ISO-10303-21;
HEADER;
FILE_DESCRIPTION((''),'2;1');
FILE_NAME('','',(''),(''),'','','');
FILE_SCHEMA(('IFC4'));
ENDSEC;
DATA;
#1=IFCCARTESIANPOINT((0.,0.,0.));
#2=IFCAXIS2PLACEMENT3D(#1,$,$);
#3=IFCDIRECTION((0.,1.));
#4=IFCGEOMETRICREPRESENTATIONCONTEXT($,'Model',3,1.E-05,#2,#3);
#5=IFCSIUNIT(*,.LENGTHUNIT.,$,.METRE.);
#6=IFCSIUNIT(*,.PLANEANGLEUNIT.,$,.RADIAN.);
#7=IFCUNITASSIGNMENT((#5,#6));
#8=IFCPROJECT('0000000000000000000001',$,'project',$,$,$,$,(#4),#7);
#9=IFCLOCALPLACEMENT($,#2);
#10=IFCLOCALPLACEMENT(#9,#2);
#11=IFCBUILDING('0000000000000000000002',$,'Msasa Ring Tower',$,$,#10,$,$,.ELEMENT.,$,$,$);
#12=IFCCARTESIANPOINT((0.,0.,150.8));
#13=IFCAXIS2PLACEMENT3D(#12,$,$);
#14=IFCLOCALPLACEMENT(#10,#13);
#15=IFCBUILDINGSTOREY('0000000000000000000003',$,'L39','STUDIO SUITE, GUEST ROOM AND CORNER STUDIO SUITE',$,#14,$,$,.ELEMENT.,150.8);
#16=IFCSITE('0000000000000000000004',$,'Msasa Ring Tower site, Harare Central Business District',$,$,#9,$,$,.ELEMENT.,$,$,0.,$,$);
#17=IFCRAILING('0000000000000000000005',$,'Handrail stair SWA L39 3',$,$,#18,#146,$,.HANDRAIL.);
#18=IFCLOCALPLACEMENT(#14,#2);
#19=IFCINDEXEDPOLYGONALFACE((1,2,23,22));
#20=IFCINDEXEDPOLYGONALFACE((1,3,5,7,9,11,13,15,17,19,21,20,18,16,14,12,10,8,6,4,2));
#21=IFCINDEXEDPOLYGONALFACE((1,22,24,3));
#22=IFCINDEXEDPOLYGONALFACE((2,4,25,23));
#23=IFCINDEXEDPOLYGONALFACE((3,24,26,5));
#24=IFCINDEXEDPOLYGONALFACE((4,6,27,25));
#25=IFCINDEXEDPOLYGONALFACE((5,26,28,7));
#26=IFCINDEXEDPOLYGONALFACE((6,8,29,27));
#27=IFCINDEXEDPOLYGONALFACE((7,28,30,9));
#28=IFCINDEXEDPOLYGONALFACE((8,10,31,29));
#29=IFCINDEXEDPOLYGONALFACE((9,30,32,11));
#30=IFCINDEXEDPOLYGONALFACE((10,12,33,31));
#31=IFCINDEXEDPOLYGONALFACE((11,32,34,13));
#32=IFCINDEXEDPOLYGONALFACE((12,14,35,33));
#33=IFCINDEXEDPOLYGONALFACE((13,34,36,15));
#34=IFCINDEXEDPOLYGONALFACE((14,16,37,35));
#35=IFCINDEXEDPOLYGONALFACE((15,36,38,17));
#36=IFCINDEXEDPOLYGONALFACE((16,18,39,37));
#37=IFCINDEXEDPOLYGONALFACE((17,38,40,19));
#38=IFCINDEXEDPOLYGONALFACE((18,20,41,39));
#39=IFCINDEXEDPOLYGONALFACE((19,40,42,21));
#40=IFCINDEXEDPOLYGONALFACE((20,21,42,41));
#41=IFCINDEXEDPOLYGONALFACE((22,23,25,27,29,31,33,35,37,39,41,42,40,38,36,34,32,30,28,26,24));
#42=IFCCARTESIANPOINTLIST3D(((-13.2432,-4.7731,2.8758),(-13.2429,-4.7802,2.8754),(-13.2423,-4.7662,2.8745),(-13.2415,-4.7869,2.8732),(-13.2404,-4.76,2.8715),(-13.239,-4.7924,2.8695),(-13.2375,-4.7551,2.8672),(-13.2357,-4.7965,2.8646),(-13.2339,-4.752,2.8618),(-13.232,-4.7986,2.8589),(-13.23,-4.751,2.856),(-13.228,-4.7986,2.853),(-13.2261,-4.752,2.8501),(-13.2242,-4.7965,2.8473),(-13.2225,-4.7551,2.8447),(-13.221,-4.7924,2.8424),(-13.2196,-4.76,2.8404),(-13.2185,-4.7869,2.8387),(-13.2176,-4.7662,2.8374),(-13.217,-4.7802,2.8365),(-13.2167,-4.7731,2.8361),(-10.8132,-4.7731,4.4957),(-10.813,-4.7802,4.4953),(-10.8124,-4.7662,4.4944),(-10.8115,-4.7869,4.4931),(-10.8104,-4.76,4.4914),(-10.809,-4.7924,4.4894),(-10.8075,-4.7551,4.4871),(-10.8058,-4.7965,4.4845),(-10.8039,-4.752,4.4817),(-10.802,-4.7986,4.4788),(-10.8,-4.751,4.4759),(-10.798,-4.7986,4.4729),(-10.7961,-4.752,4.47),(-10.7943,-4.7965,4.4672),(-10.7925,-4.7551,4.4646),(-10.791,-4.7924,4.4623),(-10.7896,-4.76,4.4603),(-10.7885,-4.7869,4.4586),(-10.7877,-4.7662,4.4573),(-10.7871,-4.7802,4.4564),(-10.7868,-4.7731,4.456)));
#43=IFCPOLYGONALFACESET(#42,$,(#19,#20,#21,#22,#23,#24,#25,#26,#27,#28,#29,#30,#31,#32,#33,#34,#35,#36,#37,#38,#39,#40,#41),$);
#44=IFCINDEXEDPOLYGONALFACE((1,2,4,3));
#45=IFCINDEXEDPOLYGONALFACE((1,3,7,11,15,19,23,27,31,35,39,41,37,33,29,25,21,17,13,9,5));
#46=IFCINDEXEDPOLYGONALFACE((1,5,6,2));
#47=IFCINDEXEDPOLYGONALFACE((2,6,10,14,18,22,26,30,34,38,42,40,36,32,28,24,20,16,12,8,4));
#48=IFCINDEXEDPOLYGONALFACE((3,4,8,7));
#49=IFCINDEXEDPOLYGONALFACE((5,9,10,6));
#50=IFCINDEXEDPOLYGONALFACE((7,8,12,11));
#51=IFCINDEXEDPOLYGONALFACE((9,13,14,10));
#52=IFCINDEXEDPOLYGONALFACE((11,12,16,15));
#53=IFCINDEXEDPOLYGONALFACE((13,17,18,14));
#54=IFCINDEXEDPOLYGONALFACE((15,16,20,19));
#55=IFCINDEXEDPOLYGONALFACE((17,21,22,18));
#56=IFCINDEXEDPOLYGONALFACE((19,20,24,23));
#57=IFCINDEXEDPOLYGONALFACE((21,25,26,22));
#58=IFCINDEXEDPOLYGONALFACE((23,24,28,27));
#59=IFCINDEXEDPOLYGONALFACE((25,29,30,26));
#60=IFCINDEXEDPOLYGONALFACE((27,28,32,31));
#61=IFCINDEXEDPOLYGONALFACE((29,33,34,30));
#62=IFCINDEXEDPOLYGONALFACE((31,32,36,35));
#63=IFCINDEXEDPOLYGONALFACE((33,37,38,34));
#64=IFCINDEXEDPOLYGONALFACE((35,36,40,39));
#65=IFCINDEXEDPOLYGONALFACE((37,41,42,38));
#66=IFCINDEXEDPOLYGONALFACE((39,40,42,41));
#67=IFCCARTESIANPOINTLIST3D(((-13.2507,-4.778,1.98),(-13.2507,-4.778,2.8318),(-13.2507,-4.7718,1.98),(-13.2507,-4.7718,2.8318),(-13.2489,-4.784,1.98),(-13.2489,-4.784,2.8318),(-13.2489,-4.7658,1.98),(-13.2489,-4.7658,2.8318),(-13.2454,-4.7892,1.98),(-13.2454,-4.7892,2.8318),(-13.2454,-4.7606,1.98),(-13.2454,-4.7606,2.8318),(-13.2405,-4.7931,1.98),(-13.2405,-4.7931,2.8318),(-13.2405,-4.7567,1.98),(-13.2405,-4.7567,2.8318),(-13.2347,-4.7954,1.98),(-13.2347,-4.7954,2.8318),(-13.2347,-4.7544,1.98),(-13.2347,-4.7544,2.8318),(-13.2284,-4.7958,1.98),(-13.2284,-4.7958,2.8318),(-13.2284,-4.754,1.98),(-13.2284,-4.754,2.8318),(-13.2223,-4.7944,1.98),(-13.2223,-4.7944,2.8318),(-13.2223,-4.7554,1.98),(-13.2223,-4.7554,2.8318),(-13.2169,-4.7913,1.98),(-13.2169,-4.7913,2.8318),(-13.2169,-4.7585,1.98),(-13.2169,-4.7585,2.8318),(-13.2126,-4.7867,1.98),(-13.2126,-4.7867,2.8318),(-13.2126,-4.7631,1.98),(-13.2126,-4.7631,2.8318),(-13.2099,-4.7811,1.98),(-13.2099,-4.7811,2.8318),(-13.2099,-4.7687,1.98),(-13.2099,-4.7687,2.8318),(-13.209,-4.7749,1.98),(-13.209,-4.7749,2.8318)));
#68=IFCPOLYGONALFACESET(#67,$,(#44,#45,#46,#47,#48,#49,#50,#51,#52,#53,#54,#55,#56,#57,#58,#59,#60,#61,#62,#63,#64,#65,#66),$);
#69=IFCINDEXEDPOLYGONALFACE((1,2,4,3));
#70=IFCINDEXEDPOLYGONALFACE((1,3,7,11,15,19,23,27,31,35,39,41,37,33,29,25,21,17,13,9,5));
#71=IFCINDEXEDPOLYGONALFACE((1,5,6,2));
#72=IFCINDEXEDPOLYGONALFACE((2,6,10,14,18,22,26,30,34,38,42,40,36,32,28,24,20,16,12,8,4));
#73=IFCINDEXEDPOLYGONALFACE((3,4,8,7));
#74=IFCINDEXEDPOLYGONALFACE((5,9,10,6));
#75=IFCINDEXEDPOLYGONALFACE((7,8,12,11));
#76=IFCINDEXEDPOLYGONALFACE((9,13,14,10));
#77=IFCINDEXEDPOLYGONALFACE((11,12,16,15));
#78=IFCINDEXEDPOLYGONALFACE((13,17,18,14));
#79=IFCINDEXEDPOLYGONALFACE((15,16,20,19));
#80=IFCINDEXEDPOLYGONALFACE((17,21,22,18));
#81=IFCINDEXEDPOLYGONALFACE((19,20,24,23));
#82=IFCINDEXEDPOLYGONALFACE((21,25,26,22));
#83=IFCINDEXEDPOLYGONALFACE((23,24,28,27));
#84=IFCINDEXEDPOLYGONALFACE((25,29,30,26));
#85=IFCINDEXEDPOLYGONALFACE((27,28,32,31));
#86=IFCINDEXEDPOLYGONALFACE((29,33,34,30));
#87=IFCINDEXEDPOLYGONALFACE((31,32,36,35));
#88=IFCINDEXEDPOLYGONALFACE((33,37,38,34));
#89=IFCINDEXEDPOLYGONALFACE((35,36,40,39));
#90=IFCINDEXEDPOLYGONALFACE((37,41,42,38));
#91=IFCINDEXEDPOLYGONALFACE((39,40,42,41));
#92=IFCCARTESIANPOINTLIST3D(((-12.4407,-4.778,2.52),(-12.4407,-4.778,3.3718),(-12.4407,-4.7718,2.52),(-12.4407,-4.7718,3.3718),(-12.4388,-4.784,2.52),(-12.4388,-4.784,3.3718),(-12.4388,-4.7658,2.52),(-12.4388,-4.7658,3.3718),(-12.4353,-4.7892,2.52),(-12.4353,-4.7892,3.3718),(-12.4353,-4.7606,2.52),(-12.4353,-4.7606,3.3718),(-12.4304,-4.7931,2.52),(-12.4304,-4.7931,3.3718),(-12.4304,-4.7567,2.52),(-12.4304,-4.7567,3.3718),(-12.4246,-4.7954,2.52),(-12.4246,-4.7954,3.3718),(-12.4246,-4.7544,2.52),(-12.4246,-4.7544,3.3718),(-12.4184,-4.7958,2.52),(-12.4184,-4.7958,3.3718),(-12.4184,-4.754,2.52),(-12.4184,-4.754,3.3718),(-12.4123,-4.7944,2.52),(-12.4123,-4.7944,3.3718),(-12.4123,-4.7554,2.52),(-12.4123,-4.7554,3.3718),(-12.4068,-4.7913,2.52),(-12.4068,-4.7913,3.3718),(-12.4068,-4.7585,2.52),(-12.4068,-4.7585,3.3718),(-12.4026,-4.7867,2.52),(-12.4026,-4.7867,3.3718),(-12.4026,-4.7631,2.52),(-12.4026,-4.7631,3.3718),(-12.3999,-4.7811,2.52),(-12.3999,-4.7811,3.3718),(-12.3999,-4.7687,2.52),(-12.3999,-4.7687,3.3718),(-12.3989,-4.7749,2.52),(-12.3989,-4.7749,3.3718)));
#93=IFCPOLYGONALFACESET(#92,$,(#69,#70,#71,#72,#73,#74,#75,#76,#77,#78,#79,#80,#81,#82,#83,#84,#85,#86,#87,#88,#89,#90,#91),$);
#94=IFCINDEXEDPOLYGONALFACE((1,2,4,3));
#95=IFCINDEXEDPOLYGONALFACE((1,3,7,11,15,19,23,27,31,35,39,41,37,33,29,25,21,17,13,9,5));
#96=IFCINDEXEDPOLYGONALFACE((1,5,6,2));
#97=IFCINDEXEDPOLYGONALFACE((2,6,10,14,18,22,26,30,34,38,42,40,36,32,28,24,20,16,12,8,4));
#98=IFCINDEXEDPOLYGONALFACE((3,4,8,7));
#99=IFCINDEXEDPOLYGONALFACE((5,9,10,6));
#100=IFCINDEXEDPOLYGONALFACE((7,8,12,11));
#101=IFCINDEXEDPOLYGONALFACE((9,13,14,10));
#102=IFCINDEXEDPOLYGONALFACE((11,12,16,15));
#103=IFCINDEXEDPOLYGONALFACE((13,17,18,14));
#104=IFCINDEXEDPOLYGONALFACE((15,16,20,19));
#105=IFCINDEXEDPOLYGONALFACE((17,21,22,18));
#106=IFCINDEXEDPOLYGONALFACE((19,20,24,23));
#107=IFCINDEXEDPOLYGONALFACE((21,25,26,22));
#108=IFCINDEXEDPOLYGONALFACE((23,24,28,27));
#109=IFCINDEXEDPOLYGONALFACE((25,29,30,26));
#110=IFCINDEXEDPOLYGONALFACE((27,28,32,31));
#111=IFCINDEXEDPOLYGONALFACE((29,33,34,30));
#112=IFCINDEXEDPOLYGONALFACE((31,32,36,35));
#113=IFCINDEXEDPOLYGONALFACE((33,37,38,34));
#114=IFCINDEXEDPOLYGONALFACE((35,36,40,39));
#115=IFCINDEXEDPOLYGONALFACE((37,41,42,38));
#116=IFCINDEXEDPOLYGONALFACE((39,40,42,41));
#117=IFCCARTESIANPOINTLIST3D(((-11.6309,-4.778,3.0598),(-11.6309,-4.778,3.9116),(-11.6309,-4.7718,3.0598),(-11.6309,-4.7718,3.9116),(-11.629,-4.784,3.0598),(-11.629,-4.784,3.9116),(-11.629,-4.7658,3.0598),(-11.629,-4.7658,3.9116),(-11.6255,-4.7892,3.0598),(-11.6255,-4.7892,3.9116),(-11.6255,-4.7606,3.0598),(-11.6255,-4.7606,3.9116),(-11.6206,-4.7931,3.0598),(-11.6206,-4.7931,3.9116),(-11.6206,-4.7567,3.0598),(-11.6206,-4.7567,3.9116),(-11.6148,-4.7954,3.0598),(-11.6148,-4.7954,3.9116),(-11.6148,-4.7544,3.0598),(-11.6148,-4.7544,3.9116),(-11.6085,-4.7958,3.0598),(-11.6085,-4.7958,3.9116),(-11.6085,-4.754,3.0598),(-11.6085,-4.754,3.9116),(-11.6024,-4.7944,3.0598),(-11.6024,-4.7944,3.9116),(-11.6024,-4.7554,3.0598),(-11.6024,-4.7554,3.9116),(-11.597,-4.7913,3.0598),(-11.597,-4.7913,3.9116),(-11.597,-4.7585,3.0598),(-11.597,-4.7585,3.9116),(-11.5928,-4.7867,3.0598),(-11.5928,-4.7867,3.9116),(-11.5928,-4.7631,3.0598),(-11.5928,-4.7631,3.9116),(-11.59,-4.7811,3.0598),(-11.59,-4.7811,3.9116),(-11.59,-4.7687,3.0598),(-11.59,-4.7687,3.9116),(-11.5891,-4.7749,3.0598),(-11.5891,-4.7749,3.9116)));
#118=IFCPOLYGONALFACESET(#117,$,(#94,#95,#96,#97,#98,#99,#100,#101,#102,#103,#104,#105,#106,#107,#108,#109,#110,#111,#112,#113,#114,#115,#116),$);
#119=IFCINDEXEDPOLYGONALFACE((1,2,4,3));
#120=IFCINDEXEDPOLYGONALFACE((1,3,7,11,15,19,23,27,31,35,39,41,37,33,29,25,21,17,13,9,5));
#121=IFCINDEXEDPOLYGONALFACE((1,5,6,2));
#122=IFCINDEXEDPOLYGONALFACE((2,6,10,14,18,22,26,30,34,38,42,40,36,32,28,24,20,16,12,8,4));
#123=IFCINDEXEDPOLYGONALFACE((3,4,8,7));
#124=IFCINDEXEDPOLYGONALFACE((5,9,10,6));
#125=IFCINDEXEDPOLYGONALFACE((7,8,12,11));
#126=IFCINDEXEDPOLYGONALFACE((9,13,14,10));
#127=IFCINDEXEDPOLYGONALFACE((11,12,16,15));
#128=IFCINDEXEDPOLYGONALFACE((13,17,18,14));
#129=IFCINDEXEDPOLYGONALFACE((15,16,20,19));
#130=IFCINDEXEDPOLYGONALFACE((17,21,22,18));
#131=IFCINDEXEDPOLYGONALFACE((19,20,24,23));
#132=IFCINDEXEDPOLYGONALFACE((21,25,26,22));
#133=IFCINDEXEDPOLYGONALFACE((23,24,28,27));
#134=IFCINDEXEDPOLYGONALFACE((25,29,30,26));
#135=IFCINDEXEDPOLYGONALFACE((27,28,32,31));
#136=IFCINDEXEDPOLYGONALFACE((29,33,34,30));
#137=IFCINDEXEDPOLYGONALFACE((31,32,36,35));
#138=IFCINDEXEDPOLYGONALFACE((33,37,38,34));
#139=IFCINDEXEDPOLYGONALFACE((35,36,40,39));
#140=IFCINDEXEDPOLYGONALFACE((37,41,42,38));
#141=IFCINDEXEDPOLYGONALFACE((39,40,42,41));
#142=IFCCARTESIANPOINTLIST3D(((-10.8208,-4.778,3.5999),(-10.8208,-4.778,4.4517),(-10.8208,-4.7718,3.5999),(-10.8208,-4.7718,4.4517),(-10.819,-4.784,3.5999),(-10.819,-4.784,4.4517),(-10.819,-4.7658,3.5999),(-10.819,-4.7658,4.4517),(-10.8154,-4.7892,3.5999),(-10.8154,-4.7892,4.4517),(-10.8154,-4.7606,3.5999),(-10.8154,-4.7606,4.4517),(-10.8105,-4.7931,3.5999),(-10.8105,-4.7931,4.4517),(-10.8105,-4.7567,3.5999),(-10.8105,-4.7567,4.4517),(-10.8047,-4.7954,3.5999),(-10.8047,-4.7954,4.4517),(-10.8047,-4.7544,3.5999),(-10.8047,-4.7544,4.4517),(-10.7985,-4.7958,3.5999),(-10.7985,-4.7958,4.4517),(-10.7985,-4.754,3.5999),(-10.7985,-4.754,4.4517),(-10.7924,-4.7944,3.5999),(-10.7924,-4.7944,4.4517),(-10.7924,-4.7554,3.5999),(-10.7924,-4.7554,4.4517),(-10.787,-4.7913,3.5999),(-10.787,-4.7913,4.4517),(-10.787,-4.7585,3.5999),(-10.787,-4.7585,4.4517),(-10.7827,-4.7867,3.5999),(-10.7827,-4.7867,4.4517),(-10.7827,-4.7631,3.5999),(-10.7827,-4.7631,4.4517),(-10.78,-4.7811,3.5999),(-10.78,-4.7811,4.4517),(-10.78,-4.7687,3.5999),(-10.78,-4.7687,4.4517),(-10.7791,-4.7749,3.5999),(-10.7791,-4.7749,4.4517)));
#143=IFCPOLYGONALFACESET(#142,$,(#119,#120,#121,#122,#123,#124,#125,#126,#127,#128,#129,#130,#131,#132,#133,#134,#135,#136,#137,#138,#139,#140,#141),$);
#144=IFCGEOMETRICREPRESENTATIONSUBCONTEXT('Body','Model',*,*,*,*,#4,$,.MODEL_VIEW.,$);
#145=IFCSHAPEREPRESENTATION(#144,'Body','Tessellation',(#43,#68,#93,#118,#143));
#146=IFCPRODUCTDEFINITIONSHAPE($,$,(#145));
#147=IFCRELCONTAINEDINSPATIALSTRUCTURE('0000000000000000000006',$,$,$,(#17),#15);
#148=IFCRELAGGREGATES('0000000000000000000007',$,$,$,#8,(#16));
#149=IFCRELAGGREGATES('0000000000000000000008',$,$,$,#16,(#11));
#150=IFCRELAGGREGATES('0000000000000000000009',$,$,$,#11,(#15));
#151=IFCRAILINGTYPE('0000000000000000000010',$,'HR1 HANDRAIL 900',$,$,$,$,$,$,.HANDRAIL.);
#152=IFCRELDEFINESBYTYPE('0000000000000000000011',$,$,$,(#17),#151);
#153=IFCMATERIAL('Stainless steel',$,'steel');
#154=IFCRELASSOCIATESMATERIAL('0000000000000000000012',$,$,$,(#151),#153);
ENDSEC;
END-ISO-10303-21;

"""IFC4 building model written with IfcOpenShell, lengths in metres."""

from ifc_helpers import new_model, si_unit, direction, frame, origin, origin_2d, place, context, subcontext, project, spatial, circle, extrude, material, type_object, element, save


model = new_model("IFC4")

# Units and contexts
model_context = context("Model", 3, precision=1e-05, world=origin(), true_north=direction((0.0, 1.0)))
body_context = subcontext(model_context, "Body", "Model", "MODEL_VIEW")
ifc_project = project(units=[si_unit("LENGTHUNIT", "METRE"), si_unit("PLANEANGLEUNIT", "RADIAN")], contexts=[model_context])

# Site, building, storey
site_placement = place(None, origin())
site = spatial("IfcSite", under=ifc_project, at=site_placement, Name="Msasa Ring Tower site, Harare Central Business District", CompositionType="ELEMENT", RefElevation=0.0)
building_placement = place(site_placement, origin())
building = spatial("IfcBuilding", under=site, at=building_placement, Name="Msasa Ring Tower", CompositionType="ELEMENT")
storey_placement = place(building_placement, frame((0.0, 0.0, 150.8)))
storey = spatial("IfcBuildingStorey", under=building, at=storey_placement, Name="L39", Description="STUDIO SUITE, GUEST ROOM AND CORNER STUDIO SUITE", CompositionType="ELEMENT", Elevation=150.8)

# Railing
ifc_material_1 = material(Name="Stainless steel", Category="steel")
railing_type = type_object("IfcRailingType", Name="HR1 HANDRAIL 900", PredefinedType="HANDRAIL", material=ifc_material_1)
for number, where, name in (
    (1, (-13.23, -4.7749, 1.98), "Handrail stair SWA L39 3"),
):
    element("IfcRailing", number, at=place(storey_placement, frame(where)), inside=storey, type_object=railing_type, Name=name, PredefinedType="HANDRAIL", context=body_context, shape_type="SweptSolid", body=[
        extrude(circle(Radius=0.0239, at=origin_2d()), frame((0.0, 0.0, 0.876), z_axis=(0.832063, 0.0, 0.554681), x_axis=(0.0, 1.0, 0.0)), (0.0, 0.0, 1.0), 2.9204),
        extrude(circle(Radius=0.021, at=origin_2d()), origin(), (0.0, 0.0, 1.0), 0.8518),
        extrude(circle(Radius=0.021, at=origin_2d()), frame((0.8101, 0.0, 0.54)), (0.0, 0.0, 1.0), 0.8518),
        extrude(circle(Radius=0.021, at=origin_2d()), frame((1.6199, 0.0, 1.0798)), (0.0, 0.0, 1.0), 0.8518),
        extrude(circle(Radius=0.021, at=origin_2d()), frame((2.4299, 0.0, 1.6199)), (0.0, 0.0, 1.0), 0.8518),
    ])

save(model, "model.ifc")
